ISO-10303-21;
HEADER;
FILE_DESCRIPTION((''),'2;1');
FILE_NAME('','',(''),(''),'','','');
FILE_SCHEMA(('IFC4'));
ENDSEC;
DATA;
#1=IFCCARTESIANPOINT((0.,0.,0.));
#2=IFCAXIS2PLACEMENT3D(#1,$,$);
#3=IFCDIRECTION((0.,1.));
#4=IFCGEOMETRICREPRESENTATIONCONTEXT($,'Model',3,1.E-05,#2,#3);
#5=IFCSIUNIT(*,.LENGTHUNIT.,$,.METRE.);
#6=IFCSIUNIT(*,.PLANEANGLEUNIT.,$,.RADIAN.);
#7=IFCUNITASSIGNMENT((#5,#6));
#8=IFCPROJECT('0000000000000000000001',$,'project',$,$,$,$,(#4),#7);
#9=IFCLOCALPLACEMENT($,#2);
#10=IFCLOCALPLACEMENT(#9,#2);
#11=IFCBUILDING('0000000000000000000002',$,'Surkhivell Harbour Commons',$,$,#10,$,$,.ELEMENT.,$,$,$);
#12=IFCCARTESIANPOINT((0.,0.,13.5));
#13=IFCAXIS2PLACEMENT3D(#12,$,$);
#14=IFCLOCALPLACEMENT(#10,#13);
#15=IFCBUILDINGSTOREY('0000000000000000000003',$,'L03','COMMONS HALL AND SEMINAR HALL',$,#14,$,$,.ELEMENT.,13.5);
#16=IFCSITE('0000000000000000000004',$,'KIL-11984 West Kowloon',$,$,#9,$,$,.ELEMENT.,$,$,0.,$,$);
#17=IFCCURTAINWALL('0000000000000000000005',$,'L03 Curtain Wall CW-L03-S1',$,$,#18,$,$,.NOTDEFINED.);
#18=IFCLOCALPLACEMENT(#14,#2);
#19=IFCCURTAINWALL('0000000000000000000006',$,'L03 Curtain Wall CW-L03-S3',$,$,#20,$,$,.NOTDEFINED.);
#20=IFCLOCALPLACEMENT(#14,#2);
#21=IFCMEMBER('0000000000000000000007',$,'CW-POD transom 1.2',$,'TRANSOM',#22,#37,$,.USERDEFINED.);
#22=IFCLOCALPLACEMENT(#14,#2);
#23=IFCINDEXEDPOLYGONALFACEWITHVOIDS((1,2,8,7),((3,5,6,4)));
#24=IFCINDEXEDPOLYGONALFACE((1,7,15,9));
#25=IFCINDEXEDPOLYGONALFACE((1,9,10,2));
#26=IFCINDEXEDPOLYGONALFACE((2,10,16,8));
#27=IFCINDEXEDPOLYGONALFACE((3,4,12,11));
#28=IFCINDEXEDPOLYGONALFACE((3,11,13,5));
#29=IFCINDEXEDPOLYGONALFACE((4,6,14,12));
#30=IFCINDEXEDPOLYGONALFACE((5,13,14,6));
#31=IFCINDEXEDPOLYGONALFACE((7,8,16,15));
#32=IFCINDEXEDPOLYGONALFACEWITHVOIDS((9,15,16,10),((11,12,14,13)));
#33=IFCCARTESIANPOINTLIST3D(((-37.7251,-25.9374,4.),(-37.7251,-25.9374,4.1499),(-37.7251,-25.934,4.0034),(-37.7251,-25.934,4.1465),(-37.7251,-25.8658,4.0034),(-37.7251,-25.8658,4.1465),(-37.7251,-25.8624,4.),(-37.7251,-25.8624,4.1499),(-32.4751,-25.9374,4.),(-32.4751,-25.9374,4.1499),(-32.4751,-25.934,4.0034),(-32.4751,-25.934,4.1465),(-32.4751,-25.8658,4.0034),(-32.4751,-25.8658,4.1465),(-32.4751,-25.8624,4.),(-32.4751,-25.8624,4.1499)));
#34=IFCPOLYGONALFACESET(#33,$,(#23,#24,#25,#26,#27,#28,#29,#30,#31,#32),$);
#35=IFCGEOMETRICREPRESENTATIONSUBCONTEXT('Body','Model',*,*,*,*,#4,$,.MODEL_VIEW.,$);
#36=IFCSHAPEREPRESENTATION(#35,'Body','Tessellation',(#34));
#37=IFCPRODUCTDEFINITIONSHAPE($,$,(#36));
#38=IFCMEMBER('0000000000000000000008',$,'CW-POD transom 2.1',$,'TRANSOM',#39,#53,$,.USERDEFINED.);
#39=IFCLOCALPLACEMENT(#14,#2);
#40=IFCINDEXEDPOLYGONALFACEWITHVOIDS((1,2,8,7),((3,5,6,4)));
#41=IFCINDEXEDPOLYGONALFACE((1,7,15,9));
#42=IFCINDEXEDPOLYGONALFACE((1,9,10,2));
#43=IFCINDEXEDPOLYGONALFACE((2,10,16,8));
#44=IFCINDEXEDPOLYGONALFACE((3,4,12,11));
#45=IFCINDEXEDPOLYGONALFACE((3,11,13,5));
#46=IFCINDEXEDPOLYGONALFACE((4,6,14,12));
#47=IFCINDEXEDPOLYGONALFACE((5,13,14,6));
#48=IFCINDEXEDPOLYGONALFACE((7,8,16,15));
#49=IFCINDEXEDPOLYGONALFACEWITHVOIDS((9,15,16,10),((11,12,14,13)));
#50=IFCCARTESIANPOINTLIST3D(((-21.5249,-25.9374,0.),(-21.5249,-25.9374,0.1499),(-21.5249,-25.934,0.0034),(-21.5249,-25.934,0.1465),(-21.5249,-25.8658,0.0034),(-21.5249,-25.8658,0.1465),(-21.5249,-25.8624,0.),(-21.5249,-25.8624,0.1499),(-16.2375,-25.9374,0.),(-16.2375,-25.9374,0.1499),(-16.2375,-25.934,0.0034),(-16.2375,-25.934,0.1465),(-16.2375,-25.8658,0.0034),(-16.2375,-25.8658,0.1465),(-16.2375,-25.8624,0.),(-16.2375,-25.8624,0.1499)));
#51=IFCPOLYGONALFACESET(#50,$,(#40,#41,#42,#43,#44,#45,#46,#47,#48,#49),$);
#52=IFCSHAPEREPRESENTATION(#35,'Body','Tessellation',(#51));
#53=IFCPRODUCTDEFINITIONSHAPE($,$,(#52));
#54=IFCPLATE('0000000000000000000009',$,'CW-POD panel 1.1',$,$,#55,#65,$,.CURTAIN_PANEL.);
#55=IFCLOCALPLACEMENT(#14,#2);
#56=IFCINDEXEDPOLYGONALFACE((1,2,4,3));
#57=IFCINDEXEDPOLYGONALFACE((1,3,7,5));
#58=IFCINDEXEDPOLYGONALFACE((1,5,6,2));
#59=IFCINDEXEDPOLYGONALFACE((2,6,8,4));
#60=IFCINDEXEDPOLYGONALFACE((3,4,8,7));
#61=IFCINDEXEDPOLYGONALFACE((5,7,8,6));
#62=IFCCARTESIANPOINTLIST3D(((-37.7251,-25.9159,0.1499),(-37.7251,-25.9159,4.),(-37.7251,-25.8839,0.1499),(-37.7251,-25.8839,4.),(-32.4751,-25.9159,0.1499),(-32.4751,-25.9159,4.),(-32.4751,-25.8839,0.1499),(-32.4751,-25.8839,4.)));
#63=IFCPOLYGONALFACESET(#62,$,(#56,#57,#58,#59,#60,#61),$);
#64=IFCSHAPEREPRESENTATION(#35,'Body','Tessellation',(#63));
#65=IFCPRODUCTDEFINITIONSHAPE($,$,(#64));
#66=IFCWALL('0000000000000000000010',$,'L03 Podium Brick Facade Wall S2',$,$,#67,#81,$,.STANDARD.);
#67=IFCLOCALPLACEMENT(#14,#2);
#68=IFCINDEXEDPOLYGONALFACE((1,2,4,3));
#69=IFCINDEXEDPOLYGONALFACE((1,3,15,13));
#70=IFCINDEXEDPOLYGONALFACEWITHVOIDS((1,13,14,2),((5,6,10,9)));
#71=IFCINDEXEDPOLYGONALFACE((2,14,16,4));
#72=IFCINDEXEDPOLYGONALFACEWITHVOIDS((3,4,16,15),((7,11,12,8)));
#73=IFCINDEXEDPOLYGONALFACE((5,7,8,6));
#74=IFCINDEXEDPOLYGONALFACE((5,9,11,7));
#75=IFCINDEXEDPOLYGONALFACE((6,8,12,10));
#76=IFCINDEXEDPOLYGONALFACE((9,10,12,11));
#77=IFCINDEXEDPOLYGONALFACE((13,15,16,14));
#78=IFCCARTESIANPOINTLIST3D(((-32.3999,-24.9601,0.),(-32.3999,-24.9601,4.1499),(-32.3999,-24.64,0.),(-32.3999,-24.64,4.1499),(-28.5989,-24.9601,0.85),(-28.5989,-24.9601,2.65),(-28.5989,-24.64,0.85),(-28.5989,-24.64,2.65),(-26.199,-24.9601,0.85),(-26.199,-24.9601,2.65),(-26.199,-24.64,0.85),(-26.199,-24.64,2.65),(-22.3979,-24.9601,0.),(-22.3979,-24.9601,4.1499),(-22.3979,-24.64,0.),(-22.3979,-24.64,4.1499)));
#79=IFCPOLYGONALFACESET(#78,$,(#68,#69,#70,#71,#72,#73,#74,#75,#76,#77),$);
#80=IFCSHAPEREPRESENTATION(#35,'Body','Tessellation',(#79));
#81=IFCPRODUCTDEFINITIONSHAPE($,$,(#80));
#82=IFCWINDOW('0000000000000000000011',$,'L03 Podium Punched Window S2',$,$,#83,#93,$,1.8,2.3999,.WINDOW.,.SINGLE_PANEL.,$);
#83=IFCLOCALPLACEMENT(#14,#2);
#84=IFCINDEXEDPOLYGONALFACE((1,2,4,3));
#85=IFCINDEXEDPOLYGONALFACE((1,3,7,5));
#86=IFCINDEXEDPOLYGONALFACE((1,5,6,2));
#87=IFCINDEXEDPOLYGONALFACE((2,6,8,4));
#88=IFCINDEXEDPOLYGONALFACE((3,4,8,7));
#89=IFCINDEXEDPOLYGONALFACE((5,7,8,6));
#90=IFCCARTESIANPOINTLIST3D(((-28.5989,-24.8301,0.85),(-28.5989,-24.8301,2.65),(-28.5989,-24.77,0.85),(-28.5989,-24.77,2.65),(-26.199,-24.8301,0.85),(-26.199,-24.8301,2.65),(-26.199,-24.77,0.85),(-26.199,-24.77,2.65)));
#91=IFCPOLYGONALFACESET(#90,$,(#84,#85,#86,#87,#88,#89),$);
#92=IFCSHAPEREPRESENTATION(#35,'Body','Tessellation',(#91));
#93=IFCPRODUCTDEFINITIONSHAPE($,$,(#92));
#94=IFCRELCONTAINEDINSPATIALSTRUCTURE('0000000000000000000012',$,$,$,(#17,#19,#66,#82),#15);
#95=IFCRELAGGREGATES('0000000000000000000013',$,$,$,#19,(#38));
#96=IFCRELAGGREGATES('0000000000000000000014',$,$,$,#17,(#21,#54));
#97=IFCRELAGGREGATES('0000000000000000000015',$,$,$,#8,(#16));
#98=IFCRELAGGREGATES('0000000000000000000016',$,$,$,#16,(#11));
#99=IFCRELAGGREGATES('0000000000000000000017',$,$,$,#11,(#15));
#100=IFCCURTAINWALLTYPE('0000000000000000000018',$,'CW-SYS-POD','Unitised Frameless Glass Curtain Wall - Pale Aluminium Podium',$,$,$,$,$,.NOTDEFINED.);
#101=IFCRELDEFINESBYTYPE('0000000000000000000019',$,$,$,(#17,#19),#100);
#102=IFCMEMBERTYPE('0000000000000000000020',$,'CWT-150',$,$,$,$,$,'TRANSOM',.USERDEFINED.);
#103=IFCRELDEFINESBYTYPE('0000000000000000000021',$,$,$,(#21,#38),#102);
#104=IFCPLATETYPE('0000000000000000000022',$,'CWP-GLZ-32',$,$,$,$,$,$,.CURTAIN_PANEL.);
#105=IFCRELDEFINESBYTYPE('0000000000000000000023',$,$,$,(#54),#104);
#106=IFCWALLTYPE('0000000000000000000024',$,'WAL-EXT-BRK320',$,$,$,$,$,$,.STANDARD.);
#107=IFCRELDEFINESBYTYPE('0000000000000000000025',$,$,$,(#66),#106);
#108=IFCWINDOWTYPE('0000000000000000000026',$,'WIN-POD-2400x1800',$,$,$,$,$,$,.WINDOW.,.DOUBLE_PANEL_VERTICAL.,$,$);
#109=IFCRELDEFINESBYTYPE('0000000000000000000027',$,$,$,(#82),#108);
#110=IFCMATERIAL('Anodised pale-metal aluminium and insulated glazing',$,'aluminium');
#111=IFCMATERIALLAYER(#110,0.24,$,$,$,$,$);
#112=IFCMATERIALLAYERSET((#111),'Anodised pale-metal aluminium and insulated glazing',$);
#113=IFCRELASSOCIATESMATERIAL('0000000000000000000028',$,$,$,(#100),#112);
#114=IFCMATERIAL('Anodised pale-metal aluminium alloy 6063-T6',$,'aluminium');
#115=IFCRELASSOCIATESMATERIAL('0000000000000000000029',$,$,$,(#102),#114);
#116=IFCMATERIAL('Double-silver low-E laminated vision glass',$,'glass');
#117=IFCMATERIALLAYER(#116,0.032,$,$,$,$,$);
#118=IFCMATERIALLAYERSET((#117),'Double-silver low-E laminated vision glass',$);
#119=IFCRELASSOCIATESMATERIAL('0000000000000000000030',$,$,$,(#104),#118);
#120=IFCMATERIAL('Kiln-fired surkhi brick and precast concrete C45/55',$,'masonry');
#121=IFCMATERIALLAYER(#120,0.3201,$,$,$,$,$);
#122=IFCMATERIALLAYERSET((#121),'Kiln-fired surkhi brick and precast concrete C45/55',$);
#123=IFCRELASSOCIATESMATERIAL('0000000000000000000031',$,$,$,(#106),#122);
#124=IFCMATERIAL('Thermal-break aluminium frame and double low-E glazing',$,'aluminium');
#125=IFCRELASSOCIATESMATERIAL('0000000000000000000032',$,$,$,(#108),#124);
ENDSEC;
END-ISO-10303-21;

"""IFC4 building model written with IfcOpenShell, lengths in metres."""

from ifc_helpers import new_model, si_unit, direction, frame, frame_2d, origin, origin_2d, place, context, subcontext, project, spatial, rectangle, hollow_rectangle, extrude, material, layer, layer_set, material_profile, profile_set, type_object, element, fill, aggregate, save


model = new_model("IFC4")

# Units and contexts
model_context = context("Model", 3, precision=1e-05, world=origin(), true_north=direction((0.0, 1.0)))
body_context = subcontext(model_context, "Body", "Model", "MODEL_VIEW")
ifc_project = project(units=[si_unit("LENGTHUNIT", "METRE"), si_unit("PLANEANGLEUNIT", "RADIAN")], contexts=[model_context])

# Site, building, storey
site_placement = place(None, origin())
site = spatial("IfcSite", under=ifc_project, at=site_placement, Name="KIL-11984 West Kowloon", CompositionType="ELEMENT", RefElevation=0.0)
building_placement = place(site_placement, origin())
building = spatial("IfcBuilding", under=site, at=building_placement, Name="Surkhivell Harbour Commons", CompositionType="ELEMENT")
storey_placement = place(building_placement, frame((0.0, 0.0, 13.5)))
storey = spatial("IfcBuildingStorey", under=building, at=storey_placement, Name="L03", Description="COMMONS HALL AND SEMINAR HALL", CompositionType="ELEMENT", Elevation=13.5)

# Curtain walls
ifc_material_1 = material(Name="Anodised pale-metal aluminium and insulated glazing", Category="aluminium")
ifc_layer_1 = layer(ifc_material_1, 0.24)
ifc_layer_set_1 = layer_set([ifc_layer_1], Name="Anodised pale-metal aluminium and insulated glazing")
curtain_wall_type = type_object("IfcCurtainWallType", Name="CW-SYS-POD", Description="Unitised Frameless Glass Curtain Wall - Pale Aluminium Podium", PredefinedType="NOTDEFINED", material=ifc_layer_set_1)
curtain_wall_1_placement = place(storey_placement, origin())
curtain_wall_1 = element("IfcCurtainWall", 1, at=curtain_wall_1_placement, inside=storey, type_object=curtain_wall_type, Name="L03 Curtain Wall CW-L03-S1", PredefinedType="NOTDEFINED")
ifc_material_2 = material(Name="Anodised pale-metal aluminium alloy 6063-T6", Category="aluminium")
curtain_wall_2_placement = place(storey_placement, origin())
curtain_wall_2 = element("IfcCurtainWall", 2, at=curtain_wall_2_placement, inside=storey, type_object=curtain_wall_type, Name="L03 Curtain Wall CW-L03-S3", PredefinedType="NOTDEFINED")

# Members
ifc_material_profile_1 = material_profile(ifc_material_2, hollow_rectangle(XDim=0.075, YDim=0.1499, WallThickness=0.0034, at=origin_2d()), Name="ALU-TRAN-75x150")
ifc_profile_set_1 = profile_set([ifc_material_profile_1], Name="Anodised pale-metal aluminium alloy 6063-T6")
member_type_1 = type_object("IfcMemberType", Name="CWT-150", ElementType="TRANSOM", PredefinedType="USERDEFINED", material=ifc_profile_set_1)
member_1_placement = place(storey_placement, frame((-32.4751, -25.8999, 4.075), z_axis=(-1.0, 0.0, 0.0), x_axis=(0.0, -1.0, 0.0)))
member_1 = element("IfcMember", 3, at=member_1_placement, type_object=member_type_1, Name="CW-POD transom 1.2", ObjectType="TRANSOM", PredefinedType="USERDEFINED", context=body_context, shape_type="SweptSolid", body=[
    extrude(hollow_rectangle(XDim=0.075, YDim=0.1499, WallThickness=0.0034, at=origin_2d()), origin(), (0.0, 0.0, 1.0), 5.25),
])
member_2_placement = place(storey_placement, frame((-16.2375, -25.8999, 0.075), z_axis=(-1.0, 0.0, 0.0), x_axis=(0.0, -1.0, 0.0)))
member_2 = element("IfcMember", 4, at=member_2_placement, type_object=member_type_1, Name="CW-POD transom 2.1", ObjectType="TRANSOM", PredefinedType="USERDEFINED", context=body_context, shape_type="SweptSolid", body=[
    extrude(hollow_rectangle(XDim=0.075, YDim=0.1499, WallThickness=0.0034, at=origin_2d()), origin(), (0.0, 0.0, 1.0), 5.2874),
])
aggregate(curtain_wall_2, [member_2])

# Plate
ifc_material_3 = material(Name="Double-silver low-E laminated vision glass", Category="glass")
ifc_layer_2 = layer(ifc_material_3, 0.032)
ifc_layer_set_2 = layer_set([ifc_layer_2], Name="Double-silver low-E laminated vision glass")
plate_type = type_object("IfcPlateType", Name="CWP-GLZ-32", PredefinedType="CURTAIN_PANEL", material=ifc_layer_set_2)
plate_placement = place(storey_placement, frame((-32.4751, -25.8999, 0.1499), z_axis=(0.0, 0.0, 1.0), x_axis=(-1.0, 0.0, 0.0)))
plate = element("IfcPlate", 5, at=plate_placement, type_object=plate_type, Name="CW-POD panel 1.1", PredefinedType="CURTAIN_PANEL", context=body_context, shape_type="SweptSolid", body=[
    extrude(rectangle(XDim=5.25, YDim=0.032, at=frame_2d((2.625, 0.0))), origin(), (0.0, 0.0, 1.0), 3.8501),
])
aggregate(curtain_wall_1, [member_1, plate])

# Wall, opening, window
ifc_material_4 = material(Name="Kiln-fired surkhi brick and precast concrete C45/55", Category="masonry")
ifc_layer_3 = layer(ifc_material_4, 0.3201)
ifc_layer_set_3 = layer_set([ifc_layer_3], Name="Kiln-fired surkhi brick and precast concrete C45/55")
wall_type = type_object("IfcWallType", Name="WAL-EXT-BRK320", PredefinedType="STANDARD", material=ifc_layer_set_3)
wall_placement = place(storey_placement, frame((-22.3979, -24.8, 0.0), z_axis=(0.0, 0.0, 1.0), x_axis=(-1.0, 0.0, 0.0)))
wall = element("IfcWall", 6, at=wall_placement, inside=storey, type_object=wall_type, Name="L03 Podium Brick Facade Wall S2", PredefinedType="STANDARD", context=body_context, shape_type="SweptSolid", body=[
    extrude(rectangle(XDim=10.002, YDim=0.3201, at=frame_2d((5.001, 0.0))), origin(), (0.0, 0.0, 1.0), 4.1499),
])
opening_placement = place(wall_placement, frame((3.801, 0.0, 0.8501)))
opening = element("IfcOpeningElement", 7, at=opening_placement, cuts=wall, PredefinedType="OPENING", context=body_context, shape_type="SweptSolid", body=[
    extrude(rectangle(XDim=2.3999, YDim=1.8, at=frame_2d((1.2, 0.8999))), frame((0.0, 0.1699, 0.0), z_axis=(0.0, -1.0, 0.0), x_axis=(1.0, 0.0, 0.0)), (0.0, 0.0, 1.0), 0.3401),
])
ifc_material_5 = material(Name="Thermal-break aluminium frame and double low-E glazing", Category="aluminium")
window_type = type_object("IfcWindowType", Name="WIN-POD-2400x1800", PartitioningType="DOUBLE_PANEL_VERTICAL", PredefinedType="WINDOW", material=ifc_material_5)
window_placement = place(opening_placement, origin())
window = element("IfcWindow", 8, at=window_placement, inside=storey, type_object=window_type, Name="L03 Podium Punched Window S2", OverallHeight=1.8, OverallWidth=2.3999, PartitioningType="SINGLE_PANEL", PredefinedType="WINDOW", context=body_context, shape_type="SweptSolid", body=[
    extrude(rectangle(XDim=2.3999, YDim=1.8, at=frame_2d((1.2, 0.8999))), frame((0.0, 0.03, 0.0), z_axis=(0.0, -1.0, 0.0), x_axis=(1.0, 0.0, 0.0)), (0.0, 0.0, 1.0), 0.0601),
])
fill(opening, window)

save(model, "model.ifc")
